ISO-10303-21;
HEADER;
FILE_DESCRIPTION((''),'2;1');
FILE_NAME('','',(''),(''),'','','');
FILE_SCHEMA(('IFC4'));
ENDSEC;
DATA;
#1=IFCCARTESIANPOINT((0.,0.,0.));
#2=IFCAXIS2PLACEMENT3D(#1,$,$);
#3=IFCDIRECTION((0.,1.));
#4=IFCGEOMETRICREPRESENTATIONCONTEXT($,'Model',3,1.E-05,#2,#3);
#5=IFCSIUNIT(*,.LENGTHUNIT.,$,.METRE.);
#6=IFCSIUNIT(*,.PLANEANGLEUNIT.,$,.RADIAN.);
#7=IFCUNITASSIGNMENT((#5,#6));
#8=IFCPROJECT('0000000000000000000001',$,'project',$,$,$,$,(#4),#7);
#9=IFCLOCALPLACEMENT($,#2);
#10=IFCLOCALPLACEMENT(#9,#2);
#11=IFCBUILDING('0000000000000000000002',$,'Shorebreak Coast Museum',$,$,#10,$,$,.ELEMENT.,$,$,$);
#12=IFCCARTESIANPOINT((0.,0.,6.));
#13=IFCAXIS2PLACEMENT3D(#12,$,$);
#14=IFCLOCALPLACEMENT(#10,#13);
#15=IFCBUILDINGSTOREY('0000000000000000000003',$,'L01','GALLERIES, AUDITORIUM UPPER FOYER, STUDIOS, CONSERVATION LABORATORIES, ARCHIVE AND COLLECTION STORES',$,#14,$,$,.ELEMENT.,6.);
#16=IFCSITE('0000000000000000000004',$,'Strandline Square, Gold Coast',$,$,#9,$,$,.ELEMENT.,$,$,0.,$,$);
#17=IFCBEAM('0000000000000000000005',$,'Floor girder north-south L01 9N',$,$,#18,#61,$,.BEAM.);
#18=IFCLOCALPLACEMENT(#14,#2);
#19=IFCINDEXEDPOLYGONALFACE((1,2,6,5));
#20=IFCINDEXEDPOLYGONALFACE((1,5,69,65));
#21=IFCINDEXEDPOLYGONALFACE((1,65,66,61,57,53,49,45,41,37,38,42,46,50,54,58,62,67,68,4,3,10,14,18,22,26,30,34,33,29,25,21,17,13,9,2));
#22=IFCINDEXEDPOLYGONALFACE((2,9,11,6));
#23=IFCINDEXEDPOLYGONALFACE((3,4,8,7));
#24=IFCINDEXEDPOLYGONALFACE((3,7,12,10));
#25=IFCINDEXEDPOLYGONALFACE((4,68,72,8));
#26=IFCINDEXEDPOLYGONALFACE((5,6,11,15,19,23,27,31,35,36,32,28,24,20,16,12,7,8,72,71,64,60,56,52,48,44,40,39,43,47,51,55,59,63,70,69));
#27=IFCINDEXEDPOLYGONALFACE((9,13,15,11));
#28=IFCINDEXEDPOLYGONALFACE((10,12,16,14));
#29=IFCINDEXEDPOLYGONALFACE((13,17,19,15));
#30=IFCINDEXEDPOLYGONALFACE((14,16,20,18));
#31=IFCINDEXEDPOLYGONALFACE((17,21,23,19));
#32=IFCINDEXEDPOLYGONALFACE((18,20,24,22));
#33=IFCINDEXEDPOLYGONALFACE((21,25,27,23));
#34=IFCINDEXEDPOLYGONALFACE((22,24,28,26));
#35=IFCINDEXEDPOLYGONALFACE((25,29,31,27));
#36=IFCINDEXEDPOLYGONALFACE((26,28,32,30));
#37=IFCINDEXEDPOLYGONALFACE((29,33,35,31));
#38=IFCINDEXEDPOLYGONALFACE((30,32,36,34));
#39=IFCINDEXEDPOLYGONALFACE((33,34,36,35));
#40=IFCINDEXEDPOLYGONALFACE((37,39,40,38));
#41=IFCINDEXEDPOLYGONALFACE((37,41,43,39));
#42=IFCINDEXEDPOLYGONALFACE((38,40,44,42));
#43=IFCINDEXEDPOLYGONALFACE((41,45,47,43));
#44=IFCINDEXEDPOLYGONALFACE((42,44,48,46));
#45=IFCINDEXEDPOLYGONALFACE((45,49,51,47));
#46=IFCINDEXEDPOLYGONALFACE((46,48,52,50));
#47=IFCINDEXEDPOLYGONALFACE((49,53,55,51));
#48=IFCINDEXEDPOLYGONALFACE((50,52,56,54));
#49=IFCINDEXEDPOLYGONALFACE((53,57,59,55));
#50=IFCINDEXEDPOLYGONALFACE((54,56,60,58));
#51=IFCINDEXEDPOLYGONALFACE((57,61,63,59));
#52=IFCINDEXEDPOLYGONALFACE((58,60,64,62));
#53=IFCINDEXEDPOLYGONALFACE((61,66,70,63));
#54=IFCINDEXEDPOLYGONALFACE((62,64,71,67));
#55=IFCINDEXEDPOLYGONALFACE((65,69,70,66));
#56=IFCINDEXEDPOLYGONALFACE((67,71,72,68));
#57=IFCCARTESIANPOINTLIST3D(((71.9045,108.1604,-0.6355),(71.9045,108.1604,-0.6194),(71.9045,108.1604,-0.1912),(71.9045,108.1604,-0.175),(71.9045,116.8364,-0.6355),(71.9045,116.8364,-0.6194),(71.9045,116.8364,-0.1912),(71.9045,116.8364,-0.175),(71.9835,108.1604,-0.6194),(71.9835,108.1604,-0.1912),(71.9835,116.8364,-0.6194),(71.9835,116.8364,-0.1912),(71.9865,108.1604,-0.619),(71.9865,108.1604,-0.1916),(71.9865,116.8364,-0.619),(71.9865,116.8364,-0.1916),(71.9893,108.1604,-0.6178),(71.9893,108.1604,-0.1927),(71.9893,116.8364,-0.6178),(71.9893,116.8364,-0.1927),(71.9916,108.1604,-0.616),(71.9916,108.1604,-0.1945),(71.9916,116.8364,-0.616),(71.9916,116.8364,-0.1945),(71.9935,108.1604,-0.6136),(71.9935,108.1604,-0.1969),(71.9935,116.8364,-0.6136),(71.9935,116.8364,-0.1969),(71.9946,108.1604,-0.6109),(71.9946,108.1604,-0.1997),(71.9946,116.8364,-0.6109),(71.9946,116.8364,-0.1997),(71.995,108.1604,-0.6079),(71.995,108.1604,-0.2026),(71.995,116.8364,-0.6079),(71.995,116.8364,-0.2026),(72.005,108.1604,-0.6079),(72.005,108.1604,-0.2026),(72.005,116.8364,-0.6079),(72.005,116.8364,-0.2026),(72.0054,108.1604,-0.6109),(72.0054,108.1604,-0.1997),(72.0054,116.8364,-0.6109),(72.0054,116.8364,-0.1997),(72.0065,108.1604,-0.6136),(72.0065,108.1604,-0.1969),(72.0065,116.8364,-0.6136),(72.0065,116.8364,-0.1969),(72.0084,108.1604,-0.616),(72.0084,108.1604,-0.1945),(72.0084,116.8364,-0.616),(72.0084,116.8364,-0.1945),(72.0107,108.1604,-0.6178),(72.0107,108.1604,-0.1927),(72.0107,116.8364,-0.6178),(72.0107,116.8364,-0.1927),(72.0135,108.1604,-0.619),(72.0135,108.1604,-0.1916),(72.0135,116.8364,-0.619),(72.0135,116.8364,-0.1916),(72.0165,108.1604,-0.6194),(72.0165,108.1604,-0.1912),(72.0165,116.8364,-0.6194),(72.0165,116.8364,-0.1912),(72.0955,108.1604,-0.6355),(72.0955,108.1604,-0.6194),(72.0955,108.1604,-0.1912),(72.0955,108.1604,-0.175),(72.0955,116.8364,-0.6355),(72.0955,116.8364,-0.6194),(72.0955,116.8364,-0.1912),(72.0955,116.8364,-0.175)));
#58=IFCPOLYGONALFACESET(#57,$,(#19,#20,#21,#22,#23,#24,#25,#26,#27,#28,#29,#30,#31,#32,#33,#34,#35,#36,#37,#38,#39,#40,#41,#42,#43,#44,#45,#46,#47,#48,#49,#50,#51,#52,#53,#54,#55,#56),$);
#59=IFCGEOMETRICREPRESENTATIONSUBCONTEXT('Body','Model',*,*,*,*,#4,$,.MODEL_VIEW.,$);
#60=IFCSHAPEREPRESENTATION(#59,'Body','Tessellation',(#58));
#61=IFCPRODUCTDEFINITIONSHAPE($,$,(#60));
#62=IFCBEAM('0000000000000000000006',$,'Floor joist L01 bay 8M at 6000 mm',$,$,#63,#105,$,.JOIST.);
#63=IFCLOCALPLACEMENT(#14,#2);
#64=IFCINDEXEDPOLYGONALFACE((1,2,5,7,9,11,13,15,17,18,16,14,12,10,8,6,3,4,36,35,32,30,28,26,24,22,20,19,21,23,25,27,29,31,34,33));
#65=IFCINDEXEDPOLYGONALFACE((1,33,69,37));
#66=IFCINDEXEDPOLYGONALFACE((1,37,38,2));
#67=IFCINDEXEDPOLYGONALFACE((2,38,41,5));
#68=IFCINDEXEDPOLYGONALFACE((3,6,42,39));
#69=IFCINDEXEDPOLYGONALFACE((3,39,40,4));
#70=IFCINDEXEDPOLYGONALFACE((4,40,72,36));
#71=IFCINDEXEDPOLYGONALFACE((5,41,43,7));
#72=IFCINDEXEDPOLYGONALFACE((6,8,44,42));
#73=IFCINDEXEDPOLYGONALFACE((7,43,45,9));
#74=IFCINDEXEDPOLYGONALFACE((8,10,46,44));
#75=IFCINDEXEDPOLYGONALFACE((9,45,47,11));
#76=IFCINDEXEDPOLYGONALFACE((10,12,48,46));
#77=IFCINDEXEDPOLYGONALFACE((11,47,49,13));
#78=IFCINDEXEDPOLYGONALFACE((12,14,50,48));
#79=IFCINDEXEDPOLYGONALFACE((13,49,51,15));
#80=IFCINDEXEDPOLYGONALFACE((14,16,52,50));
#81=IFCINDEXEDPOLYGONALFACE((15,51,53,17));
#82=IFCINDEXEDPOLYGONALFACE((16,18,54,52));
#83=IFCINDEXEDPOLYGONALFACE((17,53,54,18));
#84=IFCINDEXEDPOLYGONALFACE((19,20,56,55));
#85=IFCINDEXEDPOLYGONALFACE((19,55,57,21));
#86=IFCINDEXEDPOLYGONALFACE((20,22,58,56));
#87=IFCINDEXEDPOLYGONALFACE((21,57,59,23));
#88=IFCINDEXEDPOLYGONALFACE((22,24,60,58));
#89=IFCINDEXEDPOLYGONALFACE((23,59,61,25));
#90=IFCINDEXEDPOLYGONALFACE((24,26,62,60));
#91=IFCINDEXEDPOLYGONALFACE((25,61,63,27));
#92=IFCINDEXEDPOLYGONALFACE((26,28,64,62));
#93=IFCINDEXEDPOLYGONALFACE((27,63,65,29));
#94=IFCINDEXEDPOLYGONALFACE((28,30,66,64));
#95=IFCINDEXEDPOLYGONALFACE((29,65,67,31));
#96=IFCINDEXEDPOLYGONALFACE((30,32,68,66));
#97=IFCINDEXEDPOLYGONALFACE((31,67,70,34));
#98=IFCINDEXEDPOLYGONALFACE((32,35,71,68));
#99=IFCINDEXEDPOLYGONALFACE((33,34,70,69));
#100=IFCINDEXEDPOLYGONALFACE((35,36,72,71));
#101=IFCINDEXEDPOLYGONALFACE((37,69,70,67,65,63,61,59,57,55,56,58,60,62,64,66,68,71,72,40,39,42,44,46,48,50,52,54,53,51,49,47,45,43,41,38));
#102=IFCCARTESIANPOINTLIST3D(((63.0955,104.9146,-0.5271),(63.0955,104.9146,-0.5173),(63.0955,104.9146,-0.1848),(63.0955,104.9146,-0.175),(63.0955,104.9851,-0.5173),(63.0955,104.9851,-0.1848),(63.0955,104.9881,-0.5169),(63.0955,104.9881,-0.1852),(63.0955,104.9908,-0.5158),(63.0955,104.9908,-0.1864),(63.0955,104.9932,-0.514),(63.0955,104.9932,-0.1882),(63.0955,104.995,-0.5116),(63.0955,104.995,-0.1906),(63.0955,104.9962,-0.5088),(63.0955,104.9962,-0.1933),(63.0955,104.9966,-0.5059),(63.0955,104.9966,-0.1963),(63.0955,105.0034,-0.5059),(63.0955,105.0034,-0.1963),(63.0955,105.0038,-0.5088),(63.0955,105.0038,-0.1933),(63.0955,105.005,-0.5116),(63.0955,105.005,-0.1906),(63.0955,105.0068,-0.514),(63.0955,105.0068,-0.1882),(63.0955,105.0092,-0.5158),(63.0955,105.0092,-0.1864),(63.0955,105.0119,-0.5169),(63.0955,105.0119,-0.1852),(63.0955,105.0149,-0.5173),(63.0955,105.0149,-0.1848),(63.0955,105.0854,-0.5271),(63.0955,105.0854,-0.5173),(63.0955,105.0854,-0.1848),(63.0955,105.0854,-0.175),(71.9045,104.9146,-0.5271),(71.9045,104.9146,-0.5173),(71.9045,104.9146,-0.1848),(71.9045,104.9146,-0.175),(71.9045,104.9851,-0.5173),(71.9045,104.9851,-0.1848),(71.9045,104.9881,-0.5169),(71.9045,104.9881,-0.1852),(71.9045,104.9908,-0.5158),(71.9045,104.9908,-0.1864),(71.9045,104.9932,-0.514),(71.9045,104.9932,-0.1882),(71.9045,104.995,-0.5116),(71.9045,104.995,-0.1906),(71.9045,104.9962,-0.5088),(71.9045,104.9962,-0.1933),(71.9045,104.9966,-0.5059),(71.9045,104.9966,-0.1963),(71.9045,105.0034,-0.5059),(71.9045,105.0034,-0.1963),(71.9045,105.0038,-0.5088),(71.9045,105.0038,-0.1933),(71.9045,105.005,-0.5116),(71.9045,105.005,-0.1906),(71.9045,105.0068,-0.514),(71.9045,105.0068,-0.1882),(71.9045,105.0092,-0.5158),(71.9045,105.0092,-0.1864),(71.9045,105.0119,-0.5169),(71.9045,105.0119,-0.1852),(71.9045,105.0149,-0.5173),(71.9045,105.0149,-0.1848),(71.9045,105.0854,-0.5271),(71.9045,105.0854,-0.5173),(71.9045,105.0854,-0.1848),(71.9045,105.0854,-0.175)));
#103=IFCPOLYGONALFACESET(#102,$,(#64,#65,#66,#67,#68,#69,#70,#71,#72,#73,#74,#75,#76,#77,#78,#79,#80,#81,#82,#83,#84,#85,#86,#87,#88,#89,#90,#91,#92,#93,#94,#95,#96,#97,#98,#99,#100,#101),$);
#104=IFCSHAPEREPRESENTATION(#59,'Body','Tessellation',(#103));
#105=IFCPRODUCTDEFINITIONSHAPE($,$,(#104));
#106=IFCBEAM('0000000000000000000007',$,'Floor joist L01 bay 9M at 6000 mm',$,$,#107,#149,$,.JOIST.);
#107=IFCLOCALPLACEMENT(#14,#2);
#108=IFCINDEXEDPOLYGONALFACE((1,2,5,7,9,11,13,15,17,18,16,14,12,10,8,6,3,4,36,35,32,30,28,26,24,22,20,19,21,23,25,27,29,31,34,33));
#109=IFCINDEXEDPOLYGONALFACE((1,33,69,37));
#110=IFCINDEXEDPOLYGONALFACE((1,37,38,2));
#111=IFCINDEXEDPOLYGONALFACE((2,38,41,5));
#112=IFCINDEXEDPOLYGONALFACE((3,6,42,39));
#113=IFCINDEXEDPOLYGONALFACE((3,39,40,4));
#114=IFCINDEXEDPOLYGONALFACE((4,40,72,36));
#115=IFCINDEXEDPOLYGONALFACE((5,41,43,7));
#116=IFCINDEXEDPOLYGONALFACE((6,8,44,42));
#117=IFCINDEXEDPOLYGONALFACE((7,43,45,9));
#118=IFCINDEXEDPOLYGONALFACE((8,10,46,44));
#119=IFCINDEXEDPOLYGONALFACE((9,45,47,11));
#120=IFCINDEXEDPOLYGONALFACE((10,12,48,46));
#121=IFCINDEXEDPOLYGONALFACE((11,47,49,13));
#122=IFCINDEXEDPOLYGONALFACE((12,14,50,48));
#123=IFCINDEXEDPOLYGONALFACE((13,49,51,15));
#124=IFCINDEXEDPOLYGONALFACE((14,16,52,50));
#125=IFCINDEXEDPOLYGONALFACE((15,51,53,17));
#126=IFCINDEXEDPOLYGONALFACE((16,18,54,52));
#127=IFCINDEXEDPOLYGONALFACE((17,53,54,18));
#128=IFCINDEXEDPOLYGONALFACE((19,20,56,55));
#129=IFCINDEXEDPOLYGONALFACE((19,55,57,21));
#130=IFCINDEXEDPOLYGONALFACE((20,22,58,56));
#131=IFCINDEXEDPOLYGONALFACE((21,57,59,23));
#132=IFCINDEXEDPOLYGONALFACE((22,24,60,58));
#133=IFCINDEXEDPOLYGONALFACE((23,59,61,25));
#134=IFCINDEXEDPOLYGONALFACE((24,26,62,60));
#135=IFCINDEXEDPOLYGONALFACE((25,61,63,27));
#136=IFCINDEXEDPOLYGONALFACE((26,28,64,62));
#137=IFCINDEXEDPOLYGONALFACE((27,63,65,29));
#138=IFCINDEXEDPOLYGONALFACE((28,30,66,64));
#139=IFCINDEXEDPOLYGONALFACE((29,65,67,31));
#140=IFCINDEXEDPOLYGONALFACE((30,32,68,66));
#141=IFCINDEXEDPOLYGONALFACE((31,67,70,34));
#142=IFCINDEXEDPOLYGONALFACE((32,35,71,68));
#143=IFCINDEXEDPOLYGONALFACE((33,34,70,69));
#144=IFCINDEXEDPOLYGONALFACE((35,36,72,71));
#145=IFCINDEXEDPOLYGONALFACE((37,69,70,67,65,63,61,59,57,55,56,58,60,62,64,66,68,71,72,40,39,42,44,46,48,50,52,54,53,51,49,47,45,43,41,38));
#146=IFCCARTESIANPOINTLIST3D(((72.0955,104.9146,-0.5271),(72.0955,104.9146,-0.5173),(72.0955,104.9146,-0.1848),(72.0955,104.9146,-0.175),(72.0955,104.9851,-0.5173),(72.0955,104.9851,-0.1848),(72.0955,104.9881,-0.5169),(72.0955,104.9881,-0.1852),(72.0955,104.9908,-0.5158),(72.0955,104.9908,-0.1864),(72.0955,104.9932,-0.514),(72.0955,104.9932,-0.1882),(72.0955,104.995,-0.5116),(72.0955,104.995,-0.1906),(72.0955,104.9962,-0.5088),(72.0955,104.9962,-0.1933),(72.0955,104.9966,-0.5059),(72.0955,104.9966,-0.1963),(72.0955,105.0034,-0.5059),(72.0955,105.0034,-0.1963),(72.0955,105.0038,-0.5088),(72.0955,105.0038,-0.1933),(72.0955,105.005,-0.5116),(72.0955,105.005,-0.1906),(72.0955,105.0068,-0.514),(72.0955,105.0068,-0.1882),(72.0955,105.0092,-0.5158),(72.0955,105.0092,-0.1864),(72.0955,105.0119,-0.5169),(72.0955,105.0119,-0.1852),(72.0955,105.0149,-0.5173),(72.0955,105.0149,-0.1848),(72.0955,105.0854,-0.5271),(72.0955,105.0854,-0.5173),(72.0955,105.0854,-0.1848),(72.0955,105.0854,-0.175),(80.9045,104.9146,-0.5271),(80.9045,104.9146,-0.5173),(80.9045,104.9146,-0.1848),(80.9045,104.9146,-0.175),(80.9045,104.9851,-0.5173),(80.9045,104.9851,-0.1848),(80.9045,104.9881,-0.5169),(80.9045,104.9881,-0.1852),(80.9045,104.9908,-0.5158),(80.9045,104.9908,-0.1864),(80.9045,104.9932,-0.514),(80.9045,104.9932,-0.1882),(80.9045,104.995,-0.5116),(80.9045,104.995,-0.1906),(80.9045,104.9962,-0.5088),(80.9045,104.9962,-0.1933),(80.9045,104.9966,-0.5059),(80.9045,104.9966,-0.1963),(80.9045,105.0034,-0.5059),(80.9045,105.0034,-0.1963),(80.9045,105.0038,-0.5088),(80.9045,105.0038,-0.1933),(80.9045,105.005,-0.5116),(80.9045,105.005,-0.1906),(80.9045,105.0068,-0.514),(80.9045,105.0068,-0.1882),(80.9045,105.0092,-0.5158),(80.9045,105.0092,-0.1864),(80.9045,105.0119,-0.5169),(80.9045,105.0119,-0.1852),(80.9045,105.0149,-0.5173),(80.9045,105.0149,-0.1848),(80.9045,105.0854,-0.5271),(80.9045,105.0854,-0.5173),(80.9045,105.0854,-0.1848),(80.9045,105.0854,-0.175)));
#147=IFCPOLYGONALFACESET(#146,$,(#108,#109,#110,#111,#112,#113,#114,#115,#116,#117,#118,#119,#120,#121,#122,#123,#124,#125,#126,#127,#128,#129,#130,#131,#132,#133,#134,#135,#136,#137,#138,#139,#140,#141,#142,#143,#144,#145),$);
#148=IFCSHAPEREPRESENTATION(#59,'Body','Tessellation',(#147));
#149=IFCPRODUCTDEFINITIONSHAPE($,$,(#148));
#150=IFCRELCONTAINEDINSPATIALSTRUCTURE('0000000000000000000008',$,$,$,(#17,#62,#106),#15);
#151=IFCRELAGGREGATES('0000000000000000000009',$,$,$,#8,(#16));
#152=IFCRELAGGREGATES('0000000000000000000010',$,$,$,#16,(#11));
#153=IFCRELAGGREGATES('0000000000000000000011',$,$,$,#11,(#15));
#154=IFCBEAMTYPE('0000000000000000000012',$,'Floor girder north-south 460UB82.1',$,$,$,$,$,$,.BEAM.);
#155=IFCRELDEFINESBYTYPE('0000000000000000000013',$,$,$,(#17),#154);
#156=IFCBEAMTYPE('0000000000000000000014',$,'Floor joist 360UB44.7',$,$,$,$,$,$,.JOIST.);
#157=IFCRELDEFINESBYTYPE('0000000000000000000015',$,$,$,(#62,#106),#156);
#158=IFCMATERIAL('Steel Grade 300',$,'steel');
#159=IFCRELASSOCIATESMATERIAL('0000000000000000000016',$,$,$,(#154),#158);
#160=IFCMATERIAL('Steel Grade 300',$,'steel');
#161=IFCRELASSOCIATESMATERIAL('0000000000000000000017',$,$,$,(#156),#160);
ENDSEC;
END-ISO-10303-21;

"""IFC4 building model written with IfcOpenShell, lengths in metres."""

from ifc_helpers import new_model, si_unit, direction, frame, origin, origin_2d, place, context, subcontext, project, spatial, i_section, extrude, material, material_profile, profile_set, type_object, element, save


model = new_model("IFC4")

# Units and contexts
model_context = context("Model", 3, precision=1e-05, world=origin(), true_north=direction((0.0, 1.0)))
body_context = subcontext(model_context, "Body", "Model", "MODEL_VIEW")
ifc_project = project(units=[si_unit("LENGTHUNIT", "METRE"), si_unit("PLANEANGLEUNIT", "RADIAN")], contexts=[model_context])

# Site, building, storey
site_placement = place(None, origin())
site = spatial("IfcSite", under=ifc_project, at=site_placement, Name="Strandline Square, Gold Coast", CompositionType="ELEMENT", RefElevation=0.0)
building_placement = place(site_placement, origin())
building = spatial("IfcBuilding", under=site, at=building_placement, Name="Shorebreak Coast Museum", CompositionType="ELEMENT")
storey_placement = place(building_placement, frame((0.0, 0.0, 6.0)))
storey = spatial("IfcBuildingStorey", under=building, at=storey_placement, Name="L01", Description="GALLERIES, AUDITORIUM UPPER FOYER, STUDIOS, CONSERVATION LABORATORIES, ARCHIVE AND COLLECTION STORES", CompositionType="ELEMENT", Elevation=6.0)

# Beams
ifc_material_1 = material(Name="Steel Grade 300", Category="steel")
ifc_material_profile_1 = material_profile(ifc_material_1, i_section(OverallWidth=0.1909, OverallDepth=0.4604, WebThickness=0.01, FlangeThickness=0.0161, FilletRadius=0.0115, at=origin_2d()), Name="460UB82.1")
ifc_profile_set_1 = profile_set([ifc_material_profile_1], Name="Steel Grade 300")
beam_type_1 = type_object("IfcBeamType", Name="Floor girder north-south 460UB82.1", PredefinedType="BEAM", material=ifc_profile_set_1)
for number, where, z_axis, x_axis, name in (
    (1, (72.0, 108.1604, -0.4053), (0.0, 1.0, 0.0), (-1.0, 0.0, 0.0), "Floor girder north-south L01 9N"),
):
    element("IfcBeam", number, at=place(storey_placement, frame(where, z_axis=z_axis, x_axis=x_axis)), inside=storey, type_object=beam_type_1, Name=name, PredefinedType="BEAM", context=body_context, shape_type="SweptSolid", body=[
        extrude(i_section(OverallWidth=0.1909, OverallDepth=0.4604, WebThickness=0.01, FlangeThickness=0.0161, FilletRadius=0.0115, at=origin_2d()), origin(), (0.0, 0.0, 1.0), 8.676),
    ])
ifc_material_2 = material(Name="Steel Grade 300", Category="steel")
ifc_material_profile_2 = material_profile(ifc_material_2, i_section(OverallWidth=0.1709, OverallDepth=0.3521, WebThickness=0.0068, FlangeThickness=0.0098, FilletRadius=0.0115, at=origin_2d()), Name="360UB44.7")
ifc_profile_set_2 = profile_set([ifc_material_profile_2], Name="Steel Grade 300")
beam_type_2 = type_object("IfcBeamType", Name="Floor joist 360UB44.7", PredefinedType="JOIST", material=ifc_profile_set_2)
for number, where, z_axis, x_axis, name in (
    (2, (63.0955, 105.0, -0.3511), (1.0, 0.0, 0.0), (0.0, 1.0, 0.0), "Floor joist L01 bay 8M at 6000 mm"),
    (3, (72.0955, 105.0, -0.3511), (1.0, 0.0, 0.0), (0.0, 1.0, 0.0), "Floor joist L01 bay 9M at 6000 mm"),
):
    element("IfcBeam", number, at=place(storey_placement, frame(where, z_axis=z_axis, x_axis=x_axis)), inside=storey, type_object=beam_type_2, Name=name, PredefinedType="JOIST", context=body_context, shape_type="SweptSolid", body=[
        extrude(i_section(OverallWidth=0.1709, OverallDepth=0.3521, WebThickness=0.0068, FlangeThickness=0.0098, FilletRadius=0.0115, at=origin_2d()), origin(), (0.0, 0.0, 1.0), 8.8091),
    ])

save(model, "model.ifc")
